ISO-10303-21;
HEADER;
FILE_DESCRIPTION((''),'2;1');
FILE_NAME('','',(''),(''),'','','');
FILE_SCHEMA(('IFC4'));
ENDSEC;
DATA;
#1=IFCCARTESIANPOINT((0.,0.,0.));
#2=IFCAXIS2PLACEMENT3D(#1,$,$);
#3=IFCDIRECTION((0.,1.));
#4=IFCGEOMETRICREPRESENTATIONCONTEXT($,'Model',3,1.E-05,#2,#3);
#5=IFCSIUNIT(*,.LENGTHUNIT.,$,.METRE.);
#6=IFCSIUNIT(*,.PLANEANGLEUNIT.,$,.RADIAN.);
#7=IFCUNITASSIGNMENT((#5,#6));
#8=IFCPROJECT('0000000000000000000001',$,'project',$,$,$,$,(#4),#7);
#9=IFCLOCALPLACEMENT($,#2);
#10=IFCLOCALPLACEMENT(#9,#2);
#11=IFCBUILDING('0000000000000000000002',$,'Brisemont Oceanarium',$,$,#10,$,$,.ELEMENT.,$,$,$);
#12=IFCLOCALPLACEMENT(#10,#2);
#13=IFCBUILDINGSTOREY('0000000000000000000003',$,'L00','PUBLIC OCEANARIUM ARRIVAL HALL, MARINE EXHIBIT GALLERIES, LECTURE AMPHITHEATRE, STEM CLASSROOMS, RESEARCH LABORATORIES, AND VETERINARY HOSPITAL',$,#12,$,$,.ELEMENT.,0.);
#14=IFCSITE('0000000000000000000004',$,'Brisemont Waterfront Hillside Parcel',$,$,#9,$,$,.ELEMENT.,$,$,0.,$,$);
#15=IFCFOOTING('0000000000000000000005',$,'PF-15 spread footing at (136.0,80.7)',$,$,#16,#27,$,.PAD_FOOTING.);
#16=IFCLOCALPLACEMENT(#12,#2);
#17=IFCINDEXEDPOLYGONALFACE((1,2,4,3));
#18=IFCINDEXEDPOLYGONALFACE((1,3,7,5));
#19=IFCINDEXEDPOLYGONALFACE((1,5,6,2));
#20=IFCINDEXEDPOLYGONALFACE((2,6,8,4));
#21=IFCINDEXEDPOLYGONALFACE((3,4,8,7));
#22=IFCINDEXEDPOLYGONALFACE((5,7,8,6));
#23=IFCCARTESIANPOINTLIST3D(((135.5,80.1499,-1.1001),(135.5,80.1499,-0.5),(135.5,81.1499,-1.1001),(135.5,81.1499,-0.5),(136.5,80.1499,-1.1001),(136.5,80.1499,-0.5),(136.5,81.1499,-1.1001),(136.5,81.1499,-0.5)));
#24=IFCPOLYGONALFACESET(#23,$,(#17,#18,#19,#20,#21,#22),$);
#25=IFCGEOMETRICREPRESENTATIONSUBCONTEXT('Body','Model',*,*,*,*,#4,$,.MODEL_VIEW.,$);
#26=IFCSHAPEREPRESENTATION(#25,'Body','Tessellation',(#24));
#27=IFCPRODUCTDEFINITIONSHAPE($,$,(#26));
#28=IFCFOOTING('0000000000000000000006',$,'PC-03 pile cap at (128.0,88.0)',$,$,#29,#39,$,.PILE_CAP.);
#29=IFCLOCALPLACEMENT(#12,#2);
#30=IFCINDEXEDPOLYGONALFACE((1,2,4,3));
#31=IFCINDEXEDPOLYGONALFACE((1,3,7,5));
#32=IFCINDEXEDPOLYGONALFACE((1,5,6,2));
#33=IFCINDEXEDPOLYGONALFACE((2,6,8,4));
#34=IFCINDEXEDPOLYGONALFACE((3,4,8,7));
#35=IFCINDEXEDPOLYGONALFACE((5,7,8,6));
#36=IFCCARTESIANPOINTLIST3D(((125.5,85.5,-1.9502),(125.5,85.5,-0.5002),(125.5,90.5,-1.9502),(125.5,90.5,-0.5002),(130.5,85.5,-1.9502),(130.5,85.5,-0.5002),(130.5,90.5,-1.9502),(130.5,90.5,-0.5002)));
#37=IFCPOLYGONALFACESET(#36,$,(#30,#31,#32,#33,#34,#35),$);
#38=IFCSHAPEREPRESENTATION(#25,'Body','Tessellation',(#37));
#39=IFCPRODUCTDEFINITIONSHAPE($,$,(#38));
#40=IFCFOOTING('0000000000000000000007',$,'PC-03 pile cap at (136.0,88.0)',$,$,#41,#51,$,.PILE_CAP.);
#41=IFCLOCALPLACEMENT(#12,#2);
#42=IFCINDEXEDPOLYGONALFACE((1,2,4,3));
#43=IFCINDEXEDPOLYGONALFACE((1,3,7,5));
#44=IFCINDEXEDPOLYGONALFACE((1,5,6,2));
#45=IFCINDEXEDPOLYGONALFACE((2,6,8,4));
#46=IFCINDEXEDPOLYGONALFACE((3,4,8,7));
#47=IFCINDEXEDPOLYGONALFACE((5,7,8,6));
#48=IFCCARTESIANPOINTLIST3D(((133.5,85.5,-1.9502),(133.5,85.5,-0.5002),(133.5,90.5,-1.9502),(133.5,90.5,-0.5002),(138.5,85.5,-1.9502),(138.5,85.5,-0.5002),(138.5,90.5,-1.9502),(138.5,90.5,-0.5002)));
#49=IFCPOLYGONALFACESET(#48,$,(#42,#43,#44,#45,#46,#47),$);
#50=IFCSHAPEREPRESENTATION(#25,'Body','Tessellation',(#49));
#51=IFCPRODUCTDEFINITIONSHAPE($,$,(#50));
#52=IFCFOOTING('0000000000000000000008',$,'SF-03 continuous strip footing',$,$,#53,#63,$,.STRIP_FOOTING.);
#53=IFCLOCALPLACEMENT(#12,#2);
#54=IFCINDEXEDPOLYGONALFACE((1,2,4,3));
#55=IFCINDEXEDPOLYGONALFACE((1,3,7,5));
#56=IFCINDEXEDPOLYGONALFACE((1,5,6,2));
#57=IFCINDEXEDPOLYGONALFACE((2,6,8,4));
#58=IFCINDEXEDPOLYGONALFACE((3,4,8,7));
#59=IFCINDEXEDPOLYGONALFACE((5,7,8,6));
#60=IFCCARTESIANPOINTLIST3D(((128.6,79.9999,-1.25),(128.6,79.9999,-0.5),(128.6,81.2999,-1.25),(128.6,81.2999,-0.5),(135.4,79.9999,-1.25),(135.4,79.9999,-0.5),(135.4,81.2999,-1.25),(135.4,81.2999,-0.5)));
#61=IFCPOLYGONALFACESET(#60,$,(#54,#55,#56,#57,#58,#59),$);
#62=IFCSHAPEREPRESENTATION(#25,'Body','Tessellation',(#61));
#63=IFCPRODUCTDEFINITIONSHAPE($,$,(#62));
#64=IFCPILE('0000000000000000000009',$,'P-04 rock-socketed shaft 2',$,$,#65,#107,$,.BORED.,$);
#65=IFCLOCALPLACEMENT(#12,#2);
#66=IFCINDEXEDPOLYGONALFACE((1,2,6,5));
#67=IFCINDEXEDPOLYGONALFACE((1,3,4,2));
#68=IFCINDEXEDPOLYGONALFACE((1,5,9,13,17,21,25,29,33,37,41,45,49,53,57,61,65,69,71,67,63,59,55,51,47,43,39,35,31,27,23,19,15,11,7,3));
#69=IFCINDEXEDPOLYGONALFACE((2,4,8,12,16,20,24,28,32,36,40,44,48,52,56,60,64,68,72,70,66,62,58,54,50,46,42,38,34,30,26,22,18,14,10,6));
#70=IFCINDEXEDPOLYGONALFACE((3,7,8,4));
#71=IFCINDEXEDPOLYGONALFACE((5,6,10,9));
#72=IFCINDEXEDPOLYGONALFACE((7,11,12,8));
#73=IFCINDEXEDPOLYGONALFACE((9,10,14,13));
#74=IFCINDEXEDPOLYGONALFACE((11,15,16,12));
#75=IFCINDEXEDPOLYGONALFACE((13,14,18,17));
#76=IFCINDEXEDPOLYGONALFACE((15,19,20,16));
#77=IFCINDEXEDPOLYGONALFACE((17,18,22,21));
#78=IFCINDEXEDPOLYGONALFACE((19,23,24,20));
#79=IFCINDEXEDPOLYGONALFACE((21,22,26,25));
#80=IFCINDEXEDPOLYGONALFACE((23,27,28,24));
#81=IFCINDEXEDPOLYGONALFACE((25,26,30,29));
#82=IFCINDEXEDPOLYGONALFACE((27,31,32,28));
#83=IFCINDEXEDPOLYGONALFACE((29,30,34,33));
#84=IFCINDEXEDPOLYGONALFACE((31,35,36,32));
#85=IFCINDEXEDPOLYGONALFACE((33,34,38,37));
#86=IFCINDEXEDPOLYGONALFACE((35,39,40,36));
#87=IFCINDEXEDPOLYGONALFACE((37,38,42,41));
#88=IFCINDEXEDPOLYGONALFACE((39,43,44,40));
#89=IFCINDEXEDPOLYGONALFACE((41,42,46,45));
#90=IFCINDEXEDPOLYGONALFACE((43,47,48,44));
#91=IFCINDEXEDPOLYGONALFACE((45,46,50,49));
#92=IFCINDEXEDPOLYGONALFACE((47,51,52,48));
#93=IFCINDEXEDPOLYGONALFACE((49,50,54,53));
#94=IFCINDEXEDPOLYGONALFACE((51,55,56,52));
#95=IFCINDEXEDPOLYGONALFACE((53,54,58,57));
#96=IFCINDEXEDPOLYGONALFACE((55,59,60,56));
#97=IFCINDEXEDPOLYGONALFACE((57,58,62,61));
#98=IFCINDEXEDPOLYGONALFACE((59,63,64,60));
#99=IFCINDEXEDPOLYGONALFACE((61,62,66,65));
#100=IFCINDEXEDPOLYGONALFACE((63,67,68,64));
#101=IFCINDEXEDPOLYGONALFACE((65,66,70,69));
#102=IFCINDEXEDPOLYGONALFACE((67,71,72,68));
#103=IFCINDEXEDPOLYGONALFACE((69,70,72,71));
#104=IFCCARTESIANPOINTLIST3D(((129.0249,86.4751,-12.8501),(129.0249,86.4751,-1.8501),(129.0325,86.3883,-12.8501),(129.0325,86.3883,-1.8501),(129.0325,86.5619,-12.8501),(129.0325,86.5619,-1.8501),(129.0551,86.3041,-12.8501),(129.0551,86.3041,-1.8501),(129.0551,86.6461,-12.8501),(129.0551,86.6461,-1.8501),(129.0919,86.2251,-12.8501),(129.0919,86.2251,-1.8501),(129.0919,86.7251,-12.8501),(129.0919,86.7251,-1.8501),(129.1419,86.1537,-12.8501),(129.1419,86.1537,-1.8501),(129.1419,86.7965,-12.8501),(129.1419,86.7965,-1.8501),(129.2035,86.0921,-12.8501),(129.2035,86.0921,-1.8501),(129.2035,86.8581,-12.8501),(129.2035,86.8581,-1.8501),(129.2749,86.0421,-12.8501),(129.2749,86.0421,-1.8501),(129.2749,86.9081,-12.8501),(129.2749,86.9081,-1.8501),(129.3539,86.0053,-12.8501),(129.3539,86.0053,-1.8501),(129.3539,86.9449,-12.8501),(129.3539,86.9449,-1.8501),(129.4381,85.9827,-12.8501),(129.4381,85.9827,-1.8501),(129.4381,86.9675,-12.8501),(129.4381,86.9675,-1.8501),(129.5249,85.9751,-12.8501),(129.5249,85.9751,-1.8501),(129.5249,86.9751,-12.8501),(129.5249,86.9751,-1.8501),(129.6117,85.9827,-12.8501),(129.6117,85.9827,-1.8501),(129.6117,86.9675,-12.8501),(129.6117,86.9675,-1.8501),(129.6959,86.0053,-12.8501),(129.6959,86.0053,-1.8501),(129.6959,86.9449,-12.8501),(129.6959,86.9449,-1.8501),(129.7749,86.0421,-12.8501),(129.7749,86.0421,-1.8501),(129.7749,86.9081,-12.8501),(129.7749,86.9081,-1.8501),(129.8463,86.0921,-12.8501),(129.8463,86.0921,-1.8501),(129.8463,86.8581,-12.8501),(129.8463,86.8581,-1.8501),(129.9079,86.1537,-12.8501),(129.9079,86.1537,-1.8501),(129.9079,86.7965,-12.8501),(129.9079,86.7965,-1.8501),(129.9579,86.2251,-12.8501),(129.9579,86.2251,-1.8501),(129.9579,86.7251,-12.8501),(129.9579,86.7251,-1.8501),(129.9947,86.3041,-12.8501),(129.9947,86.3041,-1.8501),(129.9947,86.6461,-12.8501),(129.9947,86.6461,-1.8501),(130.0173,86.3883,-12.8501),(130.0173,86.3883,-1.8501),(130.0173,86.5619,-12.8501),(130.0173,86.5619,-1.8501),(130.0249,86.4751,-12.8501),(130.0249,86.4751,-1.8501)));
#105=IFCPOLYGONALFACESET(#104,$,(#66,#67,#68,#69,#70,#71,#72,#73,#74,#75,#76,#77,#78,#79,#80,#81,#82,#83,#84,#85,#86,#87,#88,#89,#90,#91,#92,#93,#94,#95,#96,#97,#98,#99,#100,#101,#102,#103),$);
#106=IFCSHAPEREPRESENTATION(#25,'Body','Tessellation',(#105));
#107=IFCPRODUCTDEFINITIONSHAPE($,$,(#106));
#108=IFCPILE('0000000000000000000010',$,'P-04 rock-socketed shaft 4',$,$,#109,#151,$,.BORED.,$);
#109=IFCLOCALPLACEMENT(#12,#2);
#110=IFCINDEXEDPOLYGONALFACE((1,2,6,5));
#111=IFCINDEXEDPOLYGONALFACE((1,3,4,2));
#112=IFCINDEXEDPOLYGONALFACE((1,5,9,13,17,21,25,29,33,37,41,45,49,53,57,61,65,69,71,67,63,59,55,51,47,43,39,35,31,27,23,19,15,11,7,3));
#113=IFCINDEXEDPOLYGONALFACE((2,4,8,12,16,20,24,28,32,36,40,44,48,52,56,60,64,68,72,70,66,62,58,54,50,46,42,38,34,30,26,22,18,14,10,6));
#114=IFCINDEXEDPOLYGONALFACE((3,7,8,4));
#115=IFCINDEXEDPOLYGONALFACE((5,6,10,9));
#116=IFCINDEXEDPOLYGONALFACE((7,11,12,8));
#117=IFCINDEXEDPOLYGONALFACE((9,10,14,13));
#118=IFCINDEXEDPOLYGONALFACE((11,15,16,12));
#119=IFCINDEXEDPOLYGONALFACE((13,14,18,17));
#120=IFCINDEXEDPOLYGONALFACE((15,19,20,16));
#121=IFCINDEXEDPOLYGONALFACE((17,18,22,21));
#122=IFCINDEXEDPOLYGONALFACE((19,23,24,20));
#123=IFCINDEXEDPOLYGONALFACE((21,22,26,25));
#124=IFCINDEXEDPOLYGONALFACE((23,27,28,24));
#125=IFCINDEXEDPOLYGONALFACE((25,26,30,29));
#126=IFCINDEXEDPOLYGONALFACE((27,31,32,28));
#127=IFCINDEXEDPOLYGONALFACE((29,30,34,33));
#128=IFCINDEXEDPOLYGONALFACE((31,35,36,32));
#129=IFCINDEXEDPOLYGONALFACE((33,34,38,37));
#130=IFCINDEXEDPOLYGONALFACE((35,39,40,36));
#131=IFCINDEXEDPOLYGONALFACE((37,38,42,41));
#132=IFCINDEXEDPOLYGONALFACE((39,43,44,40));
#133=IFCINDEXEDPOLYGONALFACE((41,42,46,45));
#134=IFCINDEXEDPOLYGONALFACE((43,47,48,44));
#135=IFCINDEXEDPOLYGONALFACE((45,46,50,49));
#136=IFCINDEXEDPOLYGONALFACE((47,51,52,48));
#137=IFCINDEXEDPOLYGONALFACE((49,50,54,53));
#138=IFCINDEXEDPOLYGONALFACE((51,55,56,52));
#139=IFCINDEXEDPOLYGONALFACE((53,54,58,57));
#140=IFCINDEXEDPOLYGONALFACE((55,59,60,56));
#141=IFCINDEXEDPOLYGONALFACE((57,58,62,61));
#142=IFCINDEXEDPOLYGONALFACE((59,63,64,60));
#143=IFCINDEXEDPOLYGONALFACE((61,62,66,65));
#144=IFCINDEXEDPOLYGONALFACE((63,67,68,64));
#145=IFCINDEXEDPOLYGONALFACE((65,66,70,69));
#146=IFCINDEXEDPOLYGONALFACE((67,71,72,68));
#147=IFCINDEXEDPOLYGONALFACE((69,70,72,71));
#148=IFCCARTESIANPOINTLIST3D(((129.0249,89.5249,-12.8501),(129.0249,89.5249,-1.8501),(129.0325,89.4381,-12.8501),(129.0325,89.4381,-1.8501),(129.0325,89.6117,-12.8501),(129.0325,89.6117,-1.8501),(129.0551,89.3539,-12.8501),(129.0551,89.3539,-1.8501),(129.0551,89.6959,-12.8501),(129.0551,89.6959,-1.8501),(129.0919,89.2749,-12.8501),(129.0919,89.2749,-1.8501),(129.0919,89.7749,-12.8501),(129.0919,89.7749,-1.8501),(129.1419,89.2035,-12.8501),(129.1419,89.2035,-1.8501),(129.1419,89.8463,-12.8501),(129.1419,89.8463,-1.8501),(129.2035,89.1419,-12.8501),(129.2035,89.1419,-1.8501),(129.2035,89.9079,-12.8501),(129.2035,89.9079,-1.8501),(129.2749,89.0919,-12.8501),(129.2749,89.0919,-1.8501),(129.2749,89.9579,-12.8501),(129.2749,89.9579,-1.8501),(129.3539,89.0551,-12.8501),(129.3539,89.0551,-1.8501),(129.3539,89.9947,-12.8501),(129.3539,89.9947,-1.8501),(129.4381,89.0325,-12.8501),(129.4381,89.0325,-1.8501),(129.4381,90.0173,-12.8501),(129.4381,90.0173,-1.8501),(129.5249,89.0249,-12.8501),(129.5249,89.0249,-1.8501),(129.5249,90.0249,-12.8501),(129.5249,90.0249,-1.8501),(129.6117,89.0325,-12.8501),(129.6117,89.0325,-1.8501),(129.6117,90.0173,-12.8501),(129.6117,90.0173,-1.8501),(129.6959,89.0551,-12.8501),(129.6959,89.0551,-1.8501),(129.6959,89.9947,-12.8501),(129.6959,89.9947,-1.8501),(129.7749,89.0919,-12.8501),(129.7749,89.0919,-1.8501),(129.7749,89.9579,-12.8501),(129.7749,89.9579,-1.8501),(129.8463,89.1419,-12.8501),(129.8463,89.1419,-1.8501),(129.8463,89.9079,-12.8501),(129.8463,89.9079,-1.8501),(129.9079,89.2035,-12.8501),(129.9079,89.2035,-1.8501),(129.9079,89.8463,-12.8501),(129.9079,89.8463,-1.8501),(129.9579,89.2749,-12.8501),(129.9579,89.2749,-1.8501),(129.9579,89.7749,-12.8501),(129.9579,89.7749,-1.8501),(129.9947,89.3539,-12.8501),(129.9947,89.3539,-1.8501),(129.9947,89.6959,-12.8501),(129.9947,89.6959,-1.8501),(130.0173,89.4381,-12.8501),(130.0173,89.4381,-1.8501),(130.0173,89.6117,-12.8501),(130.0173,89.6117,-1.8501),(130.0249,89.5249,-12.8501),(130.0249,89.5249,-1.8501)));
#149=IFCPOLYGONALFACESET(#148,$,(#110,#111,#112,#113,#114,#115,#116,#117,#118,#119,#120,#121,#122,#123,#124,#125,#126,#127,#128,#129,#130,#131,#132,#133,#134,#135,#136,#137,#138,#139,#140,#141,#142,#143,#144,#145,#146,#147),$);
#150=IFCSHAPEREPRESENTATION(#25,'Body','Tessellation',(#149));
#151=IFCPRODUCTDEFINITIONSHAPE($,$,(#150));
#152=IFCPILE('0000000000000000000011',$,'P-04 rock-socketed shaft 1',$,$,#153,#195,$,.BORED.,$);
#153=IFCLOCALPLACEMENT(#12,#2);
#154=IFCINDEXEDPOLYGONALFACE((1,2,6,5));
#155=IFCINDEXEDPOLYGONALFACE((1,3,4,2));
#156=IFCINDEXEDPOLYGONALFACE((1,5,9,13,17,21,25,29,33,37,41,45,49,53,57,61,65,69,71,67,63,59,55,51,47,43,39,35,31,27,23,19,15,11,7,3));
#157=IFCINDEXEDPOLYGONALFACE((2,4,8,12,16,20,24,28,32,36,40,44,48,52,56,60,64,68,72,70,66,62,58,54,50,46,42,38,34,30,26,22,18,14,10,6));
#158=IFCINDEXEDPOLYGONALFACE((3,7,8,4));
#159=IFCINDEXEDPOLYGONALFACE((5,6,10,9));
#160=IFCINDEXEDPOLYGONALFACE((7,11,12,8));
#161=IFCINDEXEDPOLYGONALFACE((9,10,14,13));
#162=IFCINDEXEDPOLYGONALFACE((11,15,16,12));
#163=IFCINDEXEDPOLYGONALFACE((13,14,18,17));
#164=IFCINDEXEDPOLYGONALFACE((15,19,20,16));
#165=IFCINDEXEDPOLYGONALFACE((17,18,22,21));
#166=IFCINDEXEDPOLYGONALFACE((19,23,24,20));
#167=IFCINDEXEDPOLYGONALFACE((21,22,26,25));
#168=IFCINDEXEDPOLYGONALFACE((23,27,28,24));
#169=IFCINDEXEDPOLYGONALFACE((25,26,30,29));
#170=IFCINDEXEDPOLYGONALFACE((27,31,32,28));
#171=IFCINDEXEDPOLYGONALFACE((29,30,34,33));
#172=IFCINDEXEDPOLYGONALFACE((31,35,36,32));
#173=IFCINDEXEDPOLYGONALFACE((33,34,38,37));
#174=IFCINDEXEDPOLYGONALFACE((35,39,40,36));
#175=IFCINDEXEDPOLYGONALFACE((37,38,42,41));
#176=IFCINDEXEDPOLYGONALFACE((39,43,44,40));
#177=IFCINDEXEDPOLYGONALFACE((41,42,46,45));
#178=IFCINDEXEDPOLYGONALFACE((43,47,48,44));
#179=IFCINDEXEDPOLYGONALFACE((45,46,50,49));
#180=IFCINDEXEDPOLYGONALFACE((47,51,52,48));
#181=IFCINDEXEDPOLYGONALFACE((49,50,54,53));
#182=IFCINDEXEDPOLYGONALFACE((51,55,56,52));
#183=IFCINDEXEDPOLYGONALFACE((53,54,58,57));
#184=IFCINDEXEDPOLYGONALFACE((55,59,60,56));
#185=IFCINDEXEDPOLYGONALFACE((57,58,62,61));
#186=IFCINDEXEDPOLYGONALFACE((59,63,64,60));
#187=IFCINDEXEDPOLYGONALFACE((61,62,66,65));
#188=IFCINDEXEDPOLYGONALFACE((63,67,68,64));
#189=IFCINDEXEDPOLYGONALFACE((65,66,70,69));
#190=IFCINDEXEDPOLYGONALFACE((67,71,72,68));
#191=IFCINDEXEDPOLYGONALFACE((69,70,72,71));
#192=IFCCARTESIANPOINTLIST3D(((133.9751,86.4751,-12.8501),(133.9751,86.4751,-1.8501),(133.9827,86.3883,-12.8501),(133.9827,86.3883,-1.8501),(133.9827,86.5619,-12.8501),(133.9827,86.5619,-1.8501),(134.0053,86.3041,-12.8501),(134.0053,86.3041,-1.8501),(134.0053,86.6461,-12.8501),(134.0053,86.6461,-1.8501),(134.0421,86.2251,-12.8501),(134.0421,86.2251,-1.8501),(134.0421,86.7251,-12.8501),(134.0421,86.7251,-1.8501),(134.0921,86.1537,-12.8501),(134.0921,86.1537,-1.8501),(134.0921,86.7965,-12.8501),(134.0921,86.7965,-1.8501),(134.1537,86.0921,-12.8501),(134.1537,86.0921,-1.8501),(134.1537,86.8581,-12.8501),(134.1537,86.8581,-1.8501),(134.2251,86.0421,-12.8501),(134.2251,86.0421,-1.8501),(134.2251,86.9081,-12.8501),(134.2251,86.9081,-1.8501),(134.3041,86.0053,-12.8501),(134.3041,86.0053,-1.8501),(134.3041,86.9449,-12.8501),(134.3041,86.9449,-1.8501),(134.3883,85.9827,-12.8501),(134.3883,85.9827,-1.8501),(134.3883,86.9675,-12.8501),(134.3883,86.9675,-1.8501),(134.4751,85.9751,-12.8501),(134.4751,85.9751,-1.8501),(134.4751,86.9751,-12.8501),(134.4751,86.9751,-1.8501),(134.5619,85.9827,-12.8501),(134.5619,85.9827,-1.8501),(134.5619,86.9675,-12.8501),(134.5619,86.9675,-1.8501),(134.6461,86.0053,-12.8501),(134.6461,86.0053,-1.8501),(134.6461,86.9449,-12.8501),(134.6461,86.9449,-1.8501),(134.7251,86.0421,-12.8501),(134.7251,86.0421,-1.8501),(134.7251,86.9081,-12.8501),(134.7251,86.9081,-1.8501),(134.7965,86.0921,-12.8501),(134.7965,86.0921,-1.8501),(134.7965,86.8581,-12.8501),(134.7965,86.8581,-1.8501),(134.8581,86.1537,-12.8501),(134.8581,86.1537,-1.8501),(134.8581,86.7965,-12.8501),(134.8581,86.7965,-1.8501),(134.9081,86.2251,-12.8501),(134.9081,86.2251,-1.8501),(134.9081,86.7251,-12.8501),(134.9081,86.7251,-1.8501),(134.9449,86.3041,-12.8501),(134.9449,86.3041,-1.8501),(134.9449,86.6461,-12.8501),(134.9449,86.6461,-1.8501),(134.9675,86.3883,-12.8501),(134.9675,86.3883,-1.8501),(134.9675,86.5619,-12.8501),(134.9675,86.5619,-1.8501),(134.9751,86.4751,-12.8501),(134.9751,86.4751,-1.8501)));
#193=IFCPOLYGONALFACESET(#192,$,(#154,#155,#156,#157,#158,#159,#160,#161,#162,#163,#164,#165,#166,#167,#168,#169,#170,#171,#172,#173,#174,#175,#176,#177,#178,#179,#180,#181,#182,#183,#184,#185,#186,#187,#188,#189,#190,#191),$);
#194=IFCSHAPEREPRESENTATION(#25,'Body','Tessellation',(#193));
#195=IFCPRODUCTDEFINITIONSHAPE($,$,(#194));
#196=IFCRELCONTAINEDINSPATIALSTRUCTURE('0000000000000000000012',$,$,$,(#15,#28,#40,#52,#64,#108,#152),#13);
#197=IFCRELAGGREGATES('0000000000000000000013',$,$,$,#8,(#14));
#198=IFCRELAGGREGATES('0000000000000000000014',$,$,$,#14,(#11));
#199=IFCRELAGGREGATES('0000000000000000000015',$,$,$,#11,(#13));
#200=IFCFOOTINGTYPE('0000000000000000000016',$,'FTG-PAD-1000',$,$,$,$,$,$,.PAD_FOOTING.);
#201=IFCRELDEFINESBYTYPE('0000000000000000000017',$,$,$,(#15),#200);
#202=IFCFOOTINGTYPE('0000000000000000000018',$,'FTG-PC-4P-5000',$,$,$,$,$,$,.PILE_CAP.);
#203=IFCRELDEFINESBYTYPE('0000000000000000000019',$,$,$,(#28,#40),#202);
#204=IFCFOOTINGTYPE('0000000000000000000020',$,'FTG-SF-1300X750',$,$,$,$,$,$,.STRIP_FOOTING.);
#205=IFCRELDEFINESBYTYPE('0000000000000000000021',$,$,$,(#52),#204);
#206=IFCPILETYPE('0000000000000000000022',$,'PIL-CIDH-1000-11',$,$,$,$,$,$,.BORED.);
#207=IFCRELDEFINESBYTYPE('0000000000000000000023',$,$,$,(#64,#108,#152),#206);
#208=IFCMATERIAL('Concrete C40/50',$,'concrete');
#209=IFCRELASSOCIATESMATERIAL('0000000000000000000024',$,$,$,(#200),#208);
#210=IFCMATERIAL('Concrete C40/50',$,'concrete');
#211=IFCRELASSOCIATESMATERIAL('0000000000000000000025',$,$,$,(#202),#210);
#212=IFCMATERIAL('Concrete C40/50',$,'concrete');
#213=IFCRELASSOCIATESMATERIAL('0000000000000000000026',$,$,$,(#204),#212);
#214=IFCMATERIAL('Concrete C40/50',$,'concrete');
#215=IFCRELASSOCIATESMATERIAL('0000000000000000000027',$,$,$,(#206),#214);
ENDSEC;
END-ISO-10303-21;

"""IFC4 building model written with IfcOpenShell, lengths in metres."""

from ifc_helpers import new_model, si_unit, direction, frame, origin, origin_2d, place, context, subcontext, project, spatial, rectangle, circle, extrude, material, material_profile, profile_set, type_object, element, save


model = new_model("IFC4")

# Units and contexts
model_context = context("Model", 3, precision=1e-05, world=origin(), true_north=direction((0.0, 1.0)))
body_context = subcontext(model_context, "Body", "Model", "MODEL_VIEW")
ifc_project = project(units=[si_unit("LENGTHUNIT", "METRE"), si_unit("PLANEANGLEUNIT", "RADIAN")], contexts=[model_context])

# Site, building, storey
site_placement = place(None, origin())
site = spatial("IfcSite", under=ifc_project, at=site_placement, Name="Brisemont Waterfront Hillside Parcel", CompositionType="ELEMENT", RefElevation=0.0)
building_placement = place(site_placement, origin())
building = spatial("IfcBuilding", under=site, at=building_placement, Name="Brisemont Oceanarium", CompositionType="ELEMENT")
storey_placement = place(building_placement, origin())
storey = spatial("IfcBuildingStorey", under=building, at=storey_placement, Name="L00", Description="PUBLIC OCEANARIUM ARRIVAL HALL, MARINE EXHIBIT GALLERIES, LECTURE AMPHITHEATRE, STEM CLASSROOMS, RESEARCH LABORATORIES, AND VETERINARY HOSPITAL", CompositionType="ELEMENT", Elevation=0.0)

# Footings
ifc_material_1 = material(Name="Concrete C40/50", Category="concrete")
footing_type_1 = type_object("IfcFootingType", Name="FTG-PAD-1000", PredefinedType="PAD_FOOTING", material=ifc_material_1)
footing_1_placement = place(storey_placement, frame((136.0, 80.6499, -1.1001), z_axis=(0.0, 0.0, 1.0), x_axis=(1.0, 0.0, 0.0)))
element("IfcFooting", 1, at=footing_1_placement, inside=storey, type_object=footing_type_1, Name="PF-15 spread footing at (136.0,80.7)", PredefinedType="PAD_FOOTING", context=body_context, shape_type="SweptSolid", body=[
    extrude(rectangle(XDim=1.0, YDim=1.0, at=origin_2d()), origin(), (0.0, 0.0, 1.0), 0.6001),
])
ifc_material_2 = material(Name="Concrete C40/50", Category="concrete")
footing_type_2 = type_object("IfcFootingType", Name="FTG-PC-4P-5000", PredefinedType="PILE_CAP", material=ifc_material_2)
for number, where, z_axis, x_axis, name in (
    (2, (128.0, 88.0, -1.9502), (0.0, 0.0, 1.0), (1.0, 0.0, 0.0), "PC-03 pile cap at (128.0,88.0)"),
    (3, (136.0, 88.0, -1.9502), (0.0, 0.0, 1.0), (1.0, 0.0, 0.0), "PC-03 pile cap at (136.0,88.0)"),
):
    element("IfcFooting", number, at=place(storey_placement, frame(where, z_axis=z_axis, x_axis=x_axis)), inside=storey, type_object=footing_type_2, Name=name, PredefinedType="PILE_CAP", context=body_context, shape_type="SweptSolid", body=[
        extrude(rectangle(XDim=5.0, YDim=5.0, at=origin_2d()), origin(), (0.0, 0.0, 1.0), 1.45),
    ])
ifc_material_3 = material(Name="Concrete C40/50", Category="concrete")
footing_type_3 = type_object("IfcFootingType", Name="FTG-SF-1300X750", PredefinedType="STRIP_FOOTING", material=ifc_material_3)
footing_2_placement = place(storey_placement, frame((132.0, 80.6499, -1.25), z_axis=(0.0, 0.0, 1.0), x_axis=(1.0, 0.0, 0.0)))
element("IfcFooting", 4, at=footing_2_placement, inside=storey, type_object=footing_type_3, Name="SF-03 continuous strip footing", PredefinedType="STRIP_FOOTING", context=body_context, shape_type="SweptSolid", body=[
    extrude(rectangle(XDim=6.8, YDim=1.3, at=origin_2d()), origin(), (0.0, 0.0, 1.0), 0.75),
])

# Piles
ifc_material_4 = material(Name="Concrete C40/50", Category="concrete")
ifc_material_profile_1 = material_profile(ifc_material_4, circle(Radius=0.5, at=origin_2d()), Name="CIDH-D1000")
ifc_profile_set_1 = profile_set([ifc_material_profile_1], Name="Concrete C40/50")
pile_type = type_object("IfcPileType", Name="PIL-CIDH-1000-11", PredefinedType="BORED", material=ifc_profile_set_1)
for number, where, z_axis, x_axis, name in (
    (5, (129.5249, 86.4751, -1.8501), (0.0, 0.0, -1.0), (1.0, 0.0, 0.0), "P-04 rock-socketed shaft 2"),
    (6, (129.5249, 89.5249, -1.8501), (0.0, 0.0, -1.0), (1.0, 0.0, 0.0), "P-04 rock-socketed shaft 4"),
    (7, (134.4751, 86.4751, -1.8501), (0.0, 0.0, -1.0), (1.0, 0.0, 0.0), "P-04 rock-socketed shaft 1"),
):
    element("IfcPile", number, at=place(storey_placement, frame(where, z_axis=z_axis, x_axis=x_axis)), inside=storey, type_object=pile_type, Name=name, PredefinedType="BORED", context=body_context, shape_type="SweptSolid", body=[
        extrude(circle(Radius=0.5, at=origin_2d()), origin(), (0.0, 0.0, 1.0), 11.0),
    ])

save(model, "model.ifc")
